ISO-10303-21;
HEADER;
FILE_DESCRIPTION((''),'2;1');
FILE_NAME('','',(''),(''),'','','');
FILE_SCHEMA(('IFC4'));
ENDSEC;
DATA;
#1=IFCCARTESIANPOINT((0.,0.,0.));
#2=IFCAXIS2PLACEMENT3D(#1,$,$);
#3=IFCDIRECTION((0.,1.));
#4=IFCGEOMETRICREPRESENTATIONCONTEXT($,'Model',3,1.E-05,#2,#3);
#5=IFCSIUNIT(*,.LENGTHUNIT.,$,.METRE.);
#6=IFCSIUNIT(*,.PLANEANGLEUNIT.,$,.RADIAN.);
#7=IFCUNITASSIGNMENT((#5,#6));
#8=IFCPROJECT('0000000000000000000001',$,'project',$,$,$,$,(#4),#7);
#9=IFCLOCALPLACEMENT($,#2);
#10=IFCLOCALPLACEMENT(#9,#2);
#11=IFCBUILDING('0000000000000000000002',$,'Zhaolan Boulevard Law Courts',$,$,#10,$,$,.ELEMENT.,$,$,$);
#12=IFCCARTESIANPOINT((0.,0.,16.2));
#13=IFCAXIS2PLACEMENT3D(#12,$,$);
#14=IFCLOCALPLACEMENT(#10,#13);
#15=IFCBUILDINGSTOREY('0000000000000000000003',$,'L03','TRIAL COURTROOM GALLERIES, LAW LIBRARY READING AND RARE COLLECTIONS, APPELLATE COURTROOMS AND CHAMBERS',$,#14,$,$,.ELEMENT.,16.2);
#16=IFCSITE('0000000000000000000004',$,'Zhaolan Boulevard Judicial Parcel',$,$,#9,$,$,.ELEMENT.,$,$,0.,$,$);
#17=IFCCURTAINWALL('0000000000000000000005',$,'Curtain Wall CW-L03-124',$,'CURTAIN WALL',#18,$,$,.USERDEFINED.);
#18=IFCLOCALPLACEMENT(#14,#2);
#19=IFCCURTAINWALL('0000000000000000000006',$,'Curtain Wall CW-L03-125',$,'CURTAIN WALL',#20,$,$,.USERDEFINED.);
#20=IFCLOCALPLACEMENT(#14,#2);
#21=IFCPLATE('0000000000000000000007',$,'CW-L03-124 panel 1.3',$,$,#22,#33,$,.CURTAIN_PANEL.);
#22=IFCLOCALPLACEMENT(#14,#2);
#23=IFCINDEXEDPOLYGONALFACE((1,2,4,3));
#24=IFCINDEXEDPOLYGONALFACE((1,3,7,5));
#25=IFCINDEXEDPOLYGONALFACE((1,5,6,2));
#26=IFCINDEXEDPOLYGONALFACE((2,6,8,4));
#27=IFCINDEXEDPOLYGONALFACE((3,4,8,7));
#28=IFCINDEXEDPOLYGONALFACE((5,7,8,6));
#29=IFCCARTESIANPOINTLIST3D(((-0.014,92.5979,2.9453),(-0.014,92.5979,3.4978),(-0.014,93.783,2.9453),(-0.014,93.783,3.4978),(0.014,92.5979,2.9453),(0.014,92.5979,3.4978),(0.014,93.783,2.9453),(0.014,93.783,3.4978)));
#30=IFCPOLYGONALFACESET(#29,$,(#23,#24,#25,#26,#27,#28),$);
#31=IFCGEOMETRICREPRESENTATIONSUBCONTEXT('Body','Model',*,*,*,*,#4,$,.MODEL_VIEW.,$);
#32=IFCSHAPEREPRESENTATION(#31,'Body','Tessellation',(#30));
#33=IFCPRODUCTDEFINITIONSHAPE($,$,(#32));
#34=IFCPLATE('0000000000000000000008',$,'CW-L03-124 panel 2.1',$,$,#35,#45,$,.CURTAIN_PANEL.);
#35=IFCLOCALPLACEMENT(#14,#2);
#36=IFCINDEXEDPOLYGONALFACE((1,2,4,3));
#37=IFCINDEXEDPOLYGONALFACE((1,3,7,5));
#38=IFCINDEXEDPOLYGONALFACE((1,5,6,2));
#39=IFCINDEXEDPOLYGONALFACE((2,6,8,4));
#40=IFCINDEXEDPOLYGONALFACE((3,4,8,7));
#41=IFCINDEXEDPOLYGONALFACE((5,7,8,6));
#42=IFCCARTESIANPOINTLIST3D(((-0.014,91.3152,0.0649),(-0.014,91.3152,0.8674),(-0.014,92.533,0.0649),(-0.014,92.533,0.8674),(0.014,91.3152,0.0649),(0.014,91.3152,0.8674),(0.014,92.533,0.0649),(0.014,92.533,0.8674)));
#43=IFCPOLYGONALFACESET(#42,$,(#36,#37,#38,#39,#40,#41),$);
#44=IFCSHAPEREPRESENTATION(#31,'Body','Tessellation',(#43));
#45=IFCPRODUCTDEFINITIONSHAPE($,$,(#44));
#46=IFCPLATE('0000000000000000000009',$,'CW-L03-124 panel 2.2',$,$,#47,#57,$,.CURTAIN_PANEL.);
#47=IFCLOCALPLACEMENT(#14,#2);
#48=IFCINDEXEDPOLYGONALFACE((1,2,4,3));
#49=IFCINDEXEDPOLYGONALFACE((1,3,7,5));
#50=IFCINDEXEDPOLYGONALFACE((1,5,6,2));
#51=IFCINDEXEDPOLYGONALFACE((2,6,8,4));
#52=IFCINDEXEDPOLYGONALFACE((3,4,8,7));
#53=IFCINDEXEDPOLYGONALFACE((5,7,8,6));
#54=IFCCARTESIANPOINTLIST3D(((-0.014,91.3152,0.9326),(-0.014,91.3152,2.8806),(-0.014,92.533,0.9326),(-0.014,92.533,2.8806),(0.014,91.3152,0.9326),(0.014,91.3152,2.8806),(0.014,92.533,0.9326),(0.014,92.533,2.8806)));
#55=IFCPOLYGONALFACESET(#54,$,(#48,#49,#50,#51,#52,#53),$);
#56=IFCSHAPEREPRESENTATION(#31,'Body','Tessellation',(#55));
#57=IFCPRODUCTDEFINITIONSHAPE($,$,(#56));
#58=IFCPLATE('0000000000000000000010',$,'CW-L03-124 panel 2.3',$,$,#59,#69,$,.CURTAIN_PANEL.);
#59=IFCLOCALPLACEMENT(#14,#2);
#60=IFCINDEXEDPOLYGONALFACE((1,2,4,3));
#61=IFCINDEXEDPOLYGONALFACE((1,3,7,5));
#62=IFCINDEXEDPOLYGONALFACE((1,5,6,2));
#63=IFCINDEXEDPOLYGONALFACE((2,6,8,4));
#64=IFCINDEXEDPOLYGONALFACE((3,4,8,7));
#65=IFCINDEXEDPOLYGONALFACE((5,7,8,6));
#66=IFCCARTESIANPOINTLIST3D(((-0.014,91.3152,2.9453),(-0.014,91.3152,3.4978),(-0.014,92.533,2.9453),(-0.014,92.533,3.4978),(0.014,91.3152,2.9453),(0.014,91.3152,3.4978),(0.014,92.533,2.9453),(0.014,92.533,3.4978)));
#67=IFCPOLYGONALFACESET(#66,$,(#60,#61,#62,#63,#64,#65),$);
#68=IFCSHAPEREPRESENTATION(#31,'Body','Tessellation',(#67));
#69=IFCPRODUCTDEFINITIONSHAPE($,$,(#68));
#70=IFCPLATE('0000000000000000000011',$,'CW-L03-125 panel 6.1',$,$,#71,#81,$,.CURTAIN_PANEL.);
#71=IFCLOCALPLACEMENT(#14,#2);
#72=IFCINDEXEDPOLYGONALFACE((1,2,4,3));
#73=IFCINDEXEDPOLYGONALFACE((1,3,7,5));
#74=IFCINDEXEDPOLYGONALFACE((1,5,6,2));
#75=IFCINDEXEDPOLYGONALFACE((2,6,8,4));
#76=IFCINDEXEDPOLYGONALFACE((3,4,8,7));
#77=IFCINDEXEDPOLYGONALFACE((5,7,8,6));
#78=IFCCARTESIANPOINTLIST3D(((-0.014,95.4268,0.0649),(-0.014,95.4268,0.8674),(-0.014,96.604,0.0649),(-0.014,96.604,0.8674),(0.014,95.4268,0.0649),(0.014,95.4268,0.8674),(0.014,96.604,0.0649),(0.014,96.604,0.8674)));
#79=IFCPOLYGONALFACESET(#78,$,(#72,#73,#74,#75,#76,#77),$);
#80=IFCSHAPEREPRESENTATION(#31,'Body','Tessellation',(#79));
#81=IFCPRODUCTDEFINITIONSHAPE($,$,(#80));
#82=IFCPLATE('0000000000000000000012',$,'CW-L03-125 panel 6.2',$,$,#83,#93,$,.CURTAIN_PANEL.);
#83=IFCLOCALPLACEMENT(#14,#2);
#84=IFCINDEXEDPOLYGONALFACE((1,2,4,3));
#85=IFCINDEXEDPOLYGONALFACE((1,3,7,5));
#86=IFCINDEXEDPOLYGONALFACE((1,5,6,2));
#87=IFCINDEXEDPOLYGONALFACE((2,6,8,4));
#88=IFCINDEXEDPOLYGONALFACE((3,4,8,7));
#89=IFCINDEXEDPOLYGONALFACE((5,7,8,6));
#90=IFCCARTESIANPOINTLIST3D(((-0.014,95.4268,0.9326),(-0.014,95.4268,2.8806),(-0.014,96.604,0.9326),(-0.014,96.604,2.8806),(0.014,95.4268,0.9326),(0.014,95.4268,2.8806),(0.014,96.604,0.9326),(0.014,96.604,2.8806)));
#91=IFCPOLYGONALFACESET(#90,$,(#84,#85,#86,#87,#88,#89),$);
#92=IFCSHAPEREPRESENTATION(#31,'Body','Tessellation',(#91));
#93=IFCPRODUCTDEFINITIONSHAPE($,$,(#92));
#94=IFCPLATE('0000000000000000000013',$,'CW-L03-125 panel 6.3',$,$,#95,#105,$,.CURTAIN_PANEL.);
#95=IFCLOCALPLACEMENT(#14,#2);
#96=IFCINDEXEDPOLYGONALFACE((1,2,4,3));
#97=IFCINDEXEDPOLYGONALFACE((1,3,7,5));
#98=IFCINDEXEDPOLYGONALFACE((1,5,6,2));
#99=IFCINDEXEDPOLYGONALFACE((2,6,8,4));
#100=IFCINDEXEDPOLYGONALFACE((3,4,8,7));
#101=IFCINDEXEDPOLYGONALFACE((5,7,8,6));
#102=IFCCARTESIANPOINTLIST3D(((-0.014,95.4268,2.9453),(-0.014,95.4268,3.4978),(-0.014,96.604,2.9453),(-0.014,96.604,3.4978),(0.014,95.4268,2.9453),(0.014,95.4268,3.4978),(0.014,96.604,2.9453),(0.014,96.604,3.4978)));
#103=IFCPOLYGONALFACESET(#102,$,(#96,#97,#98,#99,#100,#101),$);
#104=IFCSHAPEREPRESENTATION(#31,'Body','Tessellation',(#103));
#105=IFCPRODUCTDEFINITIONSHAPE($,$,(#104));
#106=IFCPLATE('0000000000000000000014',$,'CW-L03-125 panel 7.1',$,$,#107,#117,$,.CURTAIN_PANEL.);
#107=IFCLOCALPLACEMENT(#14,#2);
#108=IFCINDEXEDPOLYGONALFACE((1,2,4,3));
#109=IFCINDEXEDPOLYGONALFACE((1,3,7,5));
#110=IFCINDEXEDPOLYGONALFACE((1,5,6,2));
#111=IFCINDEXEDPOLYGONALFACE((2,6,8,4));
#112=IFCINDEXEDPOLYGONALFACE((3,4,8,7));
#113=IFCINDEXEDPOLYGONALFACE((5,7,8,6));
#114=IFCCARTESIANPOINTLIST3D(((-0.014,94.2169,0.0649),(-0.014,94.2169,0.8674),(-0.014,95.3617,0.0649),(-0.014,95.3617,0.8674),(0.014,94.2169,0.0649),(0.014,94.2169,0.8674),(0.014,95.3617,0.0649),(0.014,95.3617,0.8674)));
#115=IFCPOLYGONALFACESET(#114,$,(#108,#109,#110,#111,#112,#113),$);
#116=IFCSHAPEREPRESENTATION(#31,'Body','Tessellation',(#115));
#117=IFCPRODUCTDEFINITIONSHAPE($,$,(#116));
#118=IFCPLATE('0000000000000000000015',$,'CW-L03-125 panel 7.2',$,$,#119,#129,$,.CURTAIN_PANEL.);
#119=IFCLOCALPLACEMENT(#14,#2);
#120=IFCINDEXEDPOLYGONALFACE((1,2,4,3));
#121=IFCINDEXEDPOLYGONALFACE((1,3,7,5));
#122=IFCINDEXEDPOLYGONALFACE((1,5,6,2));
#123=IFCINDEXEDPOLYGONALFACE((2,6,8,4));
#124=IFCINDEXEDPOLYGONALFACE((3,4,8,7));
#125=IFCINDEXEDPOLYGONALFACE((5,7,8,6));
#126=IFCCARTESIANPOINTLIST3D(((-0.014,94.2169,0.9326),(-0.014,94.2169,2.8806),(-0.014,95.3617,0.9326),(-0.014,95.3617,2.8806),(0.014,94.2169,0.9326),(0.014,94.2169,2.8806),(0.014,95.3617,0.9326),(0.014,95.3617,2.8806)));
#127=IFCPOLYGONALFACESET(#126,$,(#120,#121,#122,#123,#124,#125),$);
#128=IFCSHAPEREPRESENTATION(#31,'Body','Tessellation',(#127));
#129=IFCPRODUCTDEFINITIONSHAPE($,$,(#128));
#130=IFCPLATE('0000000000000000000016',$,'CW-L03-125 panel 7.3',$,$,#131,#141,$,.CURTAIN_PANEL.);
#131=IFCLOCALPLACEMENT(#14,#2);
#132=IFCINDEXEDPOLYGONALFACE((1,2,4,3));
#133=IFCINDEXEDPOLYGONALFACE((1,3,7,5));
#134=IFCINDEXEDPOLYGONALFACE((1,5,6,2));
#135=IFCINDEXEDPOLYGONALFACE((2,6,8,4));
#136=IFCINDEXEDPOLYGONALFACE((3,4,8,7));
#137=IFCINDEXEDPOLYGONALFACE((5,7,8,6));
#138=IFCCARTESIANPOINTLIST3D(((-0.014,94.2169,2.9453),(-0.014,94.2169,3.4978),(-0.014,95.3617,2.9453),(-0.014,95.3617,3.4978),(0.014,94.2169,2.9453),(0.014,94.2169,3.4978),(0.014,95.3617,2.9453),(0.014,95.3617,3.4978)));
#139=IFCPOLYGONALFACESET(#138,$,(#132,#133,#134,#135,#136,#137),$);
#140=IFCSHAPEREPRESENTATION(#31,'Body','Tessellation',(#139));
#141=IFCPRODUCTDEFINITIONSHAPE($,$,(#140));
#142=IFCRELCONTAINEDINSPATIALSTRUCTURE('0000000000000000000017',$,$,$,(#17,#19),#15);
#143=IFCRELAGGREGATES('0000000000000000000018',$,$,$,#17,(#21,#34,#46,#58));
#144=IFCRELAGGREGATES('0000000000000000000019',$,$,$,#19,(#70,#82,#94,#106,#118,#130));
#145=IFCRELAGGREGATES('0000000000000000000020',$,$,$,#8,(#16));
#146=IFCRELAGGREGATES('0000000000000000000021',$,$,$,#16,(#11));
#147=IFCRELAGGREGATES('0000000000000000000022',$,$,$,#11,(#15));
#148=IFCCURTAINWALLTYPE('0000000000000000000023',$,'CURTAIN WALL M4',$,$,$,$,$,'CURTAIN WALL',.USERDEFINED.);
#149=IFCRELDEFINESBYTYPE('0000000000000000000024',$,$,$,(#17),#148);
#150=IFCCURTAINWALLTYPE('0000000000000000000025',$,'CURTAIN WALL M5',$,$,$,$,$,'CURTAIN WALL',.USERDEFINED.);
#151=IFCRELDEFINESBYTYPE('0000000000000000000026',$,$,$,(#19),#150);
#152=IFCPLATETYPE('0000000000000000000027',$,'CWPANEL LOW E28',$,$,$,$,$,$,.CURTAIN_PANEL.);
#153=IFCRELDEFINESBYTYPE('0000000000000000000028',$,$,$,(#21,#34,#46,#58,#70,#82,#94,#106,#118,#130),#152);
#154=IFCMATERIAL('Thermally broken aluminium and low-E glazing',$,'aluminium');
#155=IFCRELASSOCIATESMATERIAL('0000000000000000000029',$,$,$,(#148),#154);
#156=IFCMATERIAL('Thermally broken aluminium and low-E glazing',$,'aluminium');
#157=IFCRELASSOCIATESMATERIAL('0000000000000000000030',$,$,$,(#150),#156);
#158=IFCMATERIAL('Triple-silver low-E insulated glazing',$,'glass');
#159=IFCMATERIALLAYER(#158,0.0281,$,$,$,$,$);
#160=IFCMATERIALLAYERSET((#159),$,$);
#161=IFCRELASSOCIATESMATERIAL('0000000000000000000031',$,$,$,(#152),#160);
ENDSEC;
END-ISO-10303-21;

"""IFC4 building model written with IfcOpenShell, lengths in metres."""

from ifc_helpers import new_model, si_unit, direction, frame, origin, origin_2d, place, context, subcontext, project, spatial, rectangle, extrude, material, layer, layer_set, type_object, element, aggregate, save


model = new_model("IFC4")

# Units and contexts
model_context = context("Model", 3, precision=1e-05, world=origin(), true_north=direction((0.0, 1.0)))
body_context = subcontext(model_context, "Body", "Model", "MODEL_VIEW")
ifc_project = project(units=[si_unit("LENGTHUNIT", "METRE"), si_unit("PLANEANGLEUNIT", "RADIAN")], contexts=[model_context])

# Site, building, storey
site_placement = place(None, origin())
site = spatial("IfcSite", under=ifc_project, at=site_placement, Name="Zhaolan Boulevard Judicial Parcel", CompositionType="ELEMENT", RefElevation=0.0)
building_placement = place(site_placement, origin())
building = spatial("IfcBuilding", under=site, at=building_placement, Name="Zhaolan Boulevard Law Courts", CompositionType="ELEMENT")
storey_placement = place(building_placement, frame((0.0, 0.0, 16.2)))
storey = spatial("IfcBuildingStorey", under=building, at=storey_placement, Name="L03", Description="TRIAL COURTROOM GALLERIES, LAW LIBRARY READING AND RARE COLLECTIONS, APPELLATE COURTROOMS AND CHAMBERS", CompositionType="ELEMENT", Elevation=16.2)

# Curtain walls
ifc_material_1 = material(Name="Thermally broken aluminium and low-E glazing", Category="aluminium")
curtain_wall_type_1 = type_object("IfcCurtainWallType", Name="CURTAIN WALL M4", ElementType="CURTAIN WALL", PredefinedType="USERDEFINED", material=ifc_material_1)
curtain_wall_1_placement = place(storey_placement, origin())
curtain_wall_1 = element("IfcCurtainWall", 1, at=curtain_wall_1_placement, inside=storey, type_object=curtain_wall_type_1, Name="Curtain Wall CW-L03-124", ObjectType="CURTAIN WALL", PredefinedType="USERDEFINED")
ifc_material_2 = material(Name="Thermally broken aluminium and low-E glazing", Category="aluminium")
curtain_wall_type_2 = type_object("IfcCurtainWallType", Name="CURTAIN WALL M5", ElementType="CURTAIN WALL", PredefinedType="USERDEFINED", material=ifc_material_2)
curtain_wall_2_placement = place(storey_placement, origin())
curtain_wall_2 = element("IfcCurtainWall", 2, at=curtain_wall_2_placement, inside=storey, type_object=curtain_wall_type_2, Name="Curtain Wall CW-L03-125", ObjectType="CURTAIN WALL", PredefinedType="USERDEFINED")

# Plates
ifc_material_3 = material(Name="Triple-silver low-E insulated glazing", Category="glass")
ifc_layer = layer(ifc_material_3, 0.0281)
ifc_layer_set = layer_set([ifc_layer])
plate_type = type_object("IfcPlateType", Name="CWPANEL LOW E28", PredefinedType="CURTAIN_PANEL", material=ifc_layer_set)
plate_1_placement = place(storey_placement, frame((0.0, 93.1904, 2.9453), z_axis=(0.0, 0.0, 1.0), x_axis=(0.0, -1.0, 0.0)))
plate_1 = element("IfcPlate", 3, at=plate_1_placement, type_object=plate_type, Name="CW-L03-124 panel 1.3", PredefinedType="CURTAIN_PANEL", context=body_context, shape_type="SweptSolid", body=[
    extrude(rectangle(XDim=1.1851, YDim=0.0281, at=origin_2d()), origin(), (0.0, 0.0, 1.0), 0.5525),
])
plate_2_placement = place(storey_placement, frame((0.0, 91.9241, 0.0649), z_axis=(0.0, 0.0, 1.0), x_axis=(0.0, -1.0, 0.0)))
plate_2 = element("IfcPlate", 4, at=plate_2_placement, type_object=plate_type, Name="CW-L03-124 panel 2.1", PredefinedType="CURTAIN_PANEL", context=body_context, shape_type="SweptSolid", body=[
    extrude(rectangle(XDim=1.2178, YDim=0.0281, at=origin_2d()), origin(), (0.0, 0.0, 1.0), 0.8025),
])
plate_3_placement = place(storey_placement, frame((0.0, 91.9241, 0.9326), z_axis=(0.0, 0.0, 1.0), x_axis=(0.0, -1.0, 0.0)))
plate_3 = element("IfcPlate", 5, at=plate_3_placement, type_object=plate_type, Name="CW-L03-124 panel 2.2", PredefinedType="CURTAIN_PANEL", context=body_context, shape_type="SweptSolid", body=[
    extrude(rectangle(XDim=1.2178, YDim=0.0281, at=origin_2d()), origin(), (0.0, 0.0, 1.0), 1.948),
])
plate_4_placement = place(storey_placement, frame((0.0, 91.9241, 2.9453), z_axis=(0.0, 0.0, 1.0), x_axis=(0.0, -1.0, 0.0)))
plate_4 = element("IfcPlate", 6, at=plate_4_placement, type_object=plate_type, Name="CW-L03-124 panel 2.3", PredefinedType="CURTAIN_PANEL", context=body_context, shape_type="SweptSolid", body=[
    extrude(rectangle(XDim=1.2178, YDim=0.0281, at=origin_2d()), origin(), (0.0, 0.0, 1.0), 0.5525),
])
aggregate(curtain_wall_1, [plate_1, plate_2, plate_3, plate_4])
plate_5_placement = place(storey_placement, frame((0.0, 96.0154, 0.0649), z_axis=(0.0, 0.0, 1.0), x_axis=(0.0, -1.0, 0.0)))
plate_5 = element("IfcPlate", 7, at=plate_5_placement, type_object=plate_type, Name="CW-L03-125 panel 6.1", PredefinedType="CURTAIN_PANEL", context=body_context, shape_type="SweptSolid", body=[
    extrude(rectangle(XDim=1.1772, YDim=0.0281, at=origin_2d()), origin(), (0.0, 0.0, 1.0), 0.8025),
])
plate_6_placement = place(storey_placement, frame((0.0, 96.0154, 0.9326), z_axis=(0.0, 0.0, 1.0), x_axis=(0.0, -1.0, 0.0)))
plate_6 = element("IfcPlate", 8, at=plate_6_placement, type_object=plate_type, Name="CW-L03-125 panel 6.2", PredefinedType="CURTAIN_PANEL", context=body_context, shape_type="SweptSolid", body=[
    extrude(rectangle(XDim=1.1772, YDim=0.0281, at=origin_2d()), origin(), (0.0, 0.0, 1.0), 1.948),
])
plate_7_placement = place(storey_placement, frame((0.0, 96.0154, 2.9453), z_axis=(0.0, 0.0, 1.0), x_axis=(0.0, -1.0, 0.0)))
plate_7 = element("IfcPlate", 9, at=plate_7_placement, type_object=plate_type, Name="CW-L03-125 panel 6.3", PredefinedType="CURTAIN_PANEL", context=body_context, shape_type="SweptSolid", body=[
    extrude(rectangle(XDim=1.1772, YDim=0.0281, at=origin_2d()), origin(), (0.0, 0.0, 1.0), 0.5525),
])
plate_8_placement = place(storey_placement, frame((0.0, 94.7893, 0.0649), z_axis=(0.0, 0.0, 1.0), x_axis=(0.0, -1.0, 0.0)))
plate_8 = element("IfcPlate", 10, at=plate_8_placement, type_object=plate_type, Name="CW-L03-125 panel 7.1", PredefinedType="CURTAIN_PANEL", context=body_context, shape_type="SweptSolid", body=[
    extrude(rectangle(XDim=1.1448, YDim=0.0281, at=origin_2d()), origin(), (0.0, 0.0, 1.0), 0.8025),
])
plate_9_placement = place(storey_placement, frame((0.0, 94.7893, 0.9326), z_axis=(0.0, 0.0, 1.0), x_axis=(0.0, -1.0, 0.0)))
plate_9 = element("IfcPlate", 11, at=plate_9_placement, type_object=plate_type, Name="CW-L03-125 panel 7.2", PredefinedType="CURTAIN_PANEL", context=body_context, shape_type="SweptSolid", body=[
    extrude(rectangle(XDim=1.1448, YDim=0.0281, at=origin_2d()), origin(), (0.0, 0.0, 1.0), 1.948),
])
plate_10_placement = place(storey_placement, frame((0.0, 94.7893, 2.9453), z_axis=(0.0, 0.0, 1.0), x_axis=(0.0, -1.0, 0.0)))
plate_10 = element("IfcPlate", 12, at=plate_10_placement, type_object=plate_type, Name="CW-L03-125 panel 7.3", PredefinedType="CURTAIN_PANEL", context=body_context, shape_type="SweptSolid", body=[
    extrude(rectangle(XDim=1.1448, YDim=0.0281, at=origin_2d()), origin(), (0.0, 0.0, 1.0), 0.5525),
])
aggregate(curtain_wall_2, [plate_5, plate_6, plate_7, plate_8, plate_9, plate_10])

save(model, "model.ifc")
